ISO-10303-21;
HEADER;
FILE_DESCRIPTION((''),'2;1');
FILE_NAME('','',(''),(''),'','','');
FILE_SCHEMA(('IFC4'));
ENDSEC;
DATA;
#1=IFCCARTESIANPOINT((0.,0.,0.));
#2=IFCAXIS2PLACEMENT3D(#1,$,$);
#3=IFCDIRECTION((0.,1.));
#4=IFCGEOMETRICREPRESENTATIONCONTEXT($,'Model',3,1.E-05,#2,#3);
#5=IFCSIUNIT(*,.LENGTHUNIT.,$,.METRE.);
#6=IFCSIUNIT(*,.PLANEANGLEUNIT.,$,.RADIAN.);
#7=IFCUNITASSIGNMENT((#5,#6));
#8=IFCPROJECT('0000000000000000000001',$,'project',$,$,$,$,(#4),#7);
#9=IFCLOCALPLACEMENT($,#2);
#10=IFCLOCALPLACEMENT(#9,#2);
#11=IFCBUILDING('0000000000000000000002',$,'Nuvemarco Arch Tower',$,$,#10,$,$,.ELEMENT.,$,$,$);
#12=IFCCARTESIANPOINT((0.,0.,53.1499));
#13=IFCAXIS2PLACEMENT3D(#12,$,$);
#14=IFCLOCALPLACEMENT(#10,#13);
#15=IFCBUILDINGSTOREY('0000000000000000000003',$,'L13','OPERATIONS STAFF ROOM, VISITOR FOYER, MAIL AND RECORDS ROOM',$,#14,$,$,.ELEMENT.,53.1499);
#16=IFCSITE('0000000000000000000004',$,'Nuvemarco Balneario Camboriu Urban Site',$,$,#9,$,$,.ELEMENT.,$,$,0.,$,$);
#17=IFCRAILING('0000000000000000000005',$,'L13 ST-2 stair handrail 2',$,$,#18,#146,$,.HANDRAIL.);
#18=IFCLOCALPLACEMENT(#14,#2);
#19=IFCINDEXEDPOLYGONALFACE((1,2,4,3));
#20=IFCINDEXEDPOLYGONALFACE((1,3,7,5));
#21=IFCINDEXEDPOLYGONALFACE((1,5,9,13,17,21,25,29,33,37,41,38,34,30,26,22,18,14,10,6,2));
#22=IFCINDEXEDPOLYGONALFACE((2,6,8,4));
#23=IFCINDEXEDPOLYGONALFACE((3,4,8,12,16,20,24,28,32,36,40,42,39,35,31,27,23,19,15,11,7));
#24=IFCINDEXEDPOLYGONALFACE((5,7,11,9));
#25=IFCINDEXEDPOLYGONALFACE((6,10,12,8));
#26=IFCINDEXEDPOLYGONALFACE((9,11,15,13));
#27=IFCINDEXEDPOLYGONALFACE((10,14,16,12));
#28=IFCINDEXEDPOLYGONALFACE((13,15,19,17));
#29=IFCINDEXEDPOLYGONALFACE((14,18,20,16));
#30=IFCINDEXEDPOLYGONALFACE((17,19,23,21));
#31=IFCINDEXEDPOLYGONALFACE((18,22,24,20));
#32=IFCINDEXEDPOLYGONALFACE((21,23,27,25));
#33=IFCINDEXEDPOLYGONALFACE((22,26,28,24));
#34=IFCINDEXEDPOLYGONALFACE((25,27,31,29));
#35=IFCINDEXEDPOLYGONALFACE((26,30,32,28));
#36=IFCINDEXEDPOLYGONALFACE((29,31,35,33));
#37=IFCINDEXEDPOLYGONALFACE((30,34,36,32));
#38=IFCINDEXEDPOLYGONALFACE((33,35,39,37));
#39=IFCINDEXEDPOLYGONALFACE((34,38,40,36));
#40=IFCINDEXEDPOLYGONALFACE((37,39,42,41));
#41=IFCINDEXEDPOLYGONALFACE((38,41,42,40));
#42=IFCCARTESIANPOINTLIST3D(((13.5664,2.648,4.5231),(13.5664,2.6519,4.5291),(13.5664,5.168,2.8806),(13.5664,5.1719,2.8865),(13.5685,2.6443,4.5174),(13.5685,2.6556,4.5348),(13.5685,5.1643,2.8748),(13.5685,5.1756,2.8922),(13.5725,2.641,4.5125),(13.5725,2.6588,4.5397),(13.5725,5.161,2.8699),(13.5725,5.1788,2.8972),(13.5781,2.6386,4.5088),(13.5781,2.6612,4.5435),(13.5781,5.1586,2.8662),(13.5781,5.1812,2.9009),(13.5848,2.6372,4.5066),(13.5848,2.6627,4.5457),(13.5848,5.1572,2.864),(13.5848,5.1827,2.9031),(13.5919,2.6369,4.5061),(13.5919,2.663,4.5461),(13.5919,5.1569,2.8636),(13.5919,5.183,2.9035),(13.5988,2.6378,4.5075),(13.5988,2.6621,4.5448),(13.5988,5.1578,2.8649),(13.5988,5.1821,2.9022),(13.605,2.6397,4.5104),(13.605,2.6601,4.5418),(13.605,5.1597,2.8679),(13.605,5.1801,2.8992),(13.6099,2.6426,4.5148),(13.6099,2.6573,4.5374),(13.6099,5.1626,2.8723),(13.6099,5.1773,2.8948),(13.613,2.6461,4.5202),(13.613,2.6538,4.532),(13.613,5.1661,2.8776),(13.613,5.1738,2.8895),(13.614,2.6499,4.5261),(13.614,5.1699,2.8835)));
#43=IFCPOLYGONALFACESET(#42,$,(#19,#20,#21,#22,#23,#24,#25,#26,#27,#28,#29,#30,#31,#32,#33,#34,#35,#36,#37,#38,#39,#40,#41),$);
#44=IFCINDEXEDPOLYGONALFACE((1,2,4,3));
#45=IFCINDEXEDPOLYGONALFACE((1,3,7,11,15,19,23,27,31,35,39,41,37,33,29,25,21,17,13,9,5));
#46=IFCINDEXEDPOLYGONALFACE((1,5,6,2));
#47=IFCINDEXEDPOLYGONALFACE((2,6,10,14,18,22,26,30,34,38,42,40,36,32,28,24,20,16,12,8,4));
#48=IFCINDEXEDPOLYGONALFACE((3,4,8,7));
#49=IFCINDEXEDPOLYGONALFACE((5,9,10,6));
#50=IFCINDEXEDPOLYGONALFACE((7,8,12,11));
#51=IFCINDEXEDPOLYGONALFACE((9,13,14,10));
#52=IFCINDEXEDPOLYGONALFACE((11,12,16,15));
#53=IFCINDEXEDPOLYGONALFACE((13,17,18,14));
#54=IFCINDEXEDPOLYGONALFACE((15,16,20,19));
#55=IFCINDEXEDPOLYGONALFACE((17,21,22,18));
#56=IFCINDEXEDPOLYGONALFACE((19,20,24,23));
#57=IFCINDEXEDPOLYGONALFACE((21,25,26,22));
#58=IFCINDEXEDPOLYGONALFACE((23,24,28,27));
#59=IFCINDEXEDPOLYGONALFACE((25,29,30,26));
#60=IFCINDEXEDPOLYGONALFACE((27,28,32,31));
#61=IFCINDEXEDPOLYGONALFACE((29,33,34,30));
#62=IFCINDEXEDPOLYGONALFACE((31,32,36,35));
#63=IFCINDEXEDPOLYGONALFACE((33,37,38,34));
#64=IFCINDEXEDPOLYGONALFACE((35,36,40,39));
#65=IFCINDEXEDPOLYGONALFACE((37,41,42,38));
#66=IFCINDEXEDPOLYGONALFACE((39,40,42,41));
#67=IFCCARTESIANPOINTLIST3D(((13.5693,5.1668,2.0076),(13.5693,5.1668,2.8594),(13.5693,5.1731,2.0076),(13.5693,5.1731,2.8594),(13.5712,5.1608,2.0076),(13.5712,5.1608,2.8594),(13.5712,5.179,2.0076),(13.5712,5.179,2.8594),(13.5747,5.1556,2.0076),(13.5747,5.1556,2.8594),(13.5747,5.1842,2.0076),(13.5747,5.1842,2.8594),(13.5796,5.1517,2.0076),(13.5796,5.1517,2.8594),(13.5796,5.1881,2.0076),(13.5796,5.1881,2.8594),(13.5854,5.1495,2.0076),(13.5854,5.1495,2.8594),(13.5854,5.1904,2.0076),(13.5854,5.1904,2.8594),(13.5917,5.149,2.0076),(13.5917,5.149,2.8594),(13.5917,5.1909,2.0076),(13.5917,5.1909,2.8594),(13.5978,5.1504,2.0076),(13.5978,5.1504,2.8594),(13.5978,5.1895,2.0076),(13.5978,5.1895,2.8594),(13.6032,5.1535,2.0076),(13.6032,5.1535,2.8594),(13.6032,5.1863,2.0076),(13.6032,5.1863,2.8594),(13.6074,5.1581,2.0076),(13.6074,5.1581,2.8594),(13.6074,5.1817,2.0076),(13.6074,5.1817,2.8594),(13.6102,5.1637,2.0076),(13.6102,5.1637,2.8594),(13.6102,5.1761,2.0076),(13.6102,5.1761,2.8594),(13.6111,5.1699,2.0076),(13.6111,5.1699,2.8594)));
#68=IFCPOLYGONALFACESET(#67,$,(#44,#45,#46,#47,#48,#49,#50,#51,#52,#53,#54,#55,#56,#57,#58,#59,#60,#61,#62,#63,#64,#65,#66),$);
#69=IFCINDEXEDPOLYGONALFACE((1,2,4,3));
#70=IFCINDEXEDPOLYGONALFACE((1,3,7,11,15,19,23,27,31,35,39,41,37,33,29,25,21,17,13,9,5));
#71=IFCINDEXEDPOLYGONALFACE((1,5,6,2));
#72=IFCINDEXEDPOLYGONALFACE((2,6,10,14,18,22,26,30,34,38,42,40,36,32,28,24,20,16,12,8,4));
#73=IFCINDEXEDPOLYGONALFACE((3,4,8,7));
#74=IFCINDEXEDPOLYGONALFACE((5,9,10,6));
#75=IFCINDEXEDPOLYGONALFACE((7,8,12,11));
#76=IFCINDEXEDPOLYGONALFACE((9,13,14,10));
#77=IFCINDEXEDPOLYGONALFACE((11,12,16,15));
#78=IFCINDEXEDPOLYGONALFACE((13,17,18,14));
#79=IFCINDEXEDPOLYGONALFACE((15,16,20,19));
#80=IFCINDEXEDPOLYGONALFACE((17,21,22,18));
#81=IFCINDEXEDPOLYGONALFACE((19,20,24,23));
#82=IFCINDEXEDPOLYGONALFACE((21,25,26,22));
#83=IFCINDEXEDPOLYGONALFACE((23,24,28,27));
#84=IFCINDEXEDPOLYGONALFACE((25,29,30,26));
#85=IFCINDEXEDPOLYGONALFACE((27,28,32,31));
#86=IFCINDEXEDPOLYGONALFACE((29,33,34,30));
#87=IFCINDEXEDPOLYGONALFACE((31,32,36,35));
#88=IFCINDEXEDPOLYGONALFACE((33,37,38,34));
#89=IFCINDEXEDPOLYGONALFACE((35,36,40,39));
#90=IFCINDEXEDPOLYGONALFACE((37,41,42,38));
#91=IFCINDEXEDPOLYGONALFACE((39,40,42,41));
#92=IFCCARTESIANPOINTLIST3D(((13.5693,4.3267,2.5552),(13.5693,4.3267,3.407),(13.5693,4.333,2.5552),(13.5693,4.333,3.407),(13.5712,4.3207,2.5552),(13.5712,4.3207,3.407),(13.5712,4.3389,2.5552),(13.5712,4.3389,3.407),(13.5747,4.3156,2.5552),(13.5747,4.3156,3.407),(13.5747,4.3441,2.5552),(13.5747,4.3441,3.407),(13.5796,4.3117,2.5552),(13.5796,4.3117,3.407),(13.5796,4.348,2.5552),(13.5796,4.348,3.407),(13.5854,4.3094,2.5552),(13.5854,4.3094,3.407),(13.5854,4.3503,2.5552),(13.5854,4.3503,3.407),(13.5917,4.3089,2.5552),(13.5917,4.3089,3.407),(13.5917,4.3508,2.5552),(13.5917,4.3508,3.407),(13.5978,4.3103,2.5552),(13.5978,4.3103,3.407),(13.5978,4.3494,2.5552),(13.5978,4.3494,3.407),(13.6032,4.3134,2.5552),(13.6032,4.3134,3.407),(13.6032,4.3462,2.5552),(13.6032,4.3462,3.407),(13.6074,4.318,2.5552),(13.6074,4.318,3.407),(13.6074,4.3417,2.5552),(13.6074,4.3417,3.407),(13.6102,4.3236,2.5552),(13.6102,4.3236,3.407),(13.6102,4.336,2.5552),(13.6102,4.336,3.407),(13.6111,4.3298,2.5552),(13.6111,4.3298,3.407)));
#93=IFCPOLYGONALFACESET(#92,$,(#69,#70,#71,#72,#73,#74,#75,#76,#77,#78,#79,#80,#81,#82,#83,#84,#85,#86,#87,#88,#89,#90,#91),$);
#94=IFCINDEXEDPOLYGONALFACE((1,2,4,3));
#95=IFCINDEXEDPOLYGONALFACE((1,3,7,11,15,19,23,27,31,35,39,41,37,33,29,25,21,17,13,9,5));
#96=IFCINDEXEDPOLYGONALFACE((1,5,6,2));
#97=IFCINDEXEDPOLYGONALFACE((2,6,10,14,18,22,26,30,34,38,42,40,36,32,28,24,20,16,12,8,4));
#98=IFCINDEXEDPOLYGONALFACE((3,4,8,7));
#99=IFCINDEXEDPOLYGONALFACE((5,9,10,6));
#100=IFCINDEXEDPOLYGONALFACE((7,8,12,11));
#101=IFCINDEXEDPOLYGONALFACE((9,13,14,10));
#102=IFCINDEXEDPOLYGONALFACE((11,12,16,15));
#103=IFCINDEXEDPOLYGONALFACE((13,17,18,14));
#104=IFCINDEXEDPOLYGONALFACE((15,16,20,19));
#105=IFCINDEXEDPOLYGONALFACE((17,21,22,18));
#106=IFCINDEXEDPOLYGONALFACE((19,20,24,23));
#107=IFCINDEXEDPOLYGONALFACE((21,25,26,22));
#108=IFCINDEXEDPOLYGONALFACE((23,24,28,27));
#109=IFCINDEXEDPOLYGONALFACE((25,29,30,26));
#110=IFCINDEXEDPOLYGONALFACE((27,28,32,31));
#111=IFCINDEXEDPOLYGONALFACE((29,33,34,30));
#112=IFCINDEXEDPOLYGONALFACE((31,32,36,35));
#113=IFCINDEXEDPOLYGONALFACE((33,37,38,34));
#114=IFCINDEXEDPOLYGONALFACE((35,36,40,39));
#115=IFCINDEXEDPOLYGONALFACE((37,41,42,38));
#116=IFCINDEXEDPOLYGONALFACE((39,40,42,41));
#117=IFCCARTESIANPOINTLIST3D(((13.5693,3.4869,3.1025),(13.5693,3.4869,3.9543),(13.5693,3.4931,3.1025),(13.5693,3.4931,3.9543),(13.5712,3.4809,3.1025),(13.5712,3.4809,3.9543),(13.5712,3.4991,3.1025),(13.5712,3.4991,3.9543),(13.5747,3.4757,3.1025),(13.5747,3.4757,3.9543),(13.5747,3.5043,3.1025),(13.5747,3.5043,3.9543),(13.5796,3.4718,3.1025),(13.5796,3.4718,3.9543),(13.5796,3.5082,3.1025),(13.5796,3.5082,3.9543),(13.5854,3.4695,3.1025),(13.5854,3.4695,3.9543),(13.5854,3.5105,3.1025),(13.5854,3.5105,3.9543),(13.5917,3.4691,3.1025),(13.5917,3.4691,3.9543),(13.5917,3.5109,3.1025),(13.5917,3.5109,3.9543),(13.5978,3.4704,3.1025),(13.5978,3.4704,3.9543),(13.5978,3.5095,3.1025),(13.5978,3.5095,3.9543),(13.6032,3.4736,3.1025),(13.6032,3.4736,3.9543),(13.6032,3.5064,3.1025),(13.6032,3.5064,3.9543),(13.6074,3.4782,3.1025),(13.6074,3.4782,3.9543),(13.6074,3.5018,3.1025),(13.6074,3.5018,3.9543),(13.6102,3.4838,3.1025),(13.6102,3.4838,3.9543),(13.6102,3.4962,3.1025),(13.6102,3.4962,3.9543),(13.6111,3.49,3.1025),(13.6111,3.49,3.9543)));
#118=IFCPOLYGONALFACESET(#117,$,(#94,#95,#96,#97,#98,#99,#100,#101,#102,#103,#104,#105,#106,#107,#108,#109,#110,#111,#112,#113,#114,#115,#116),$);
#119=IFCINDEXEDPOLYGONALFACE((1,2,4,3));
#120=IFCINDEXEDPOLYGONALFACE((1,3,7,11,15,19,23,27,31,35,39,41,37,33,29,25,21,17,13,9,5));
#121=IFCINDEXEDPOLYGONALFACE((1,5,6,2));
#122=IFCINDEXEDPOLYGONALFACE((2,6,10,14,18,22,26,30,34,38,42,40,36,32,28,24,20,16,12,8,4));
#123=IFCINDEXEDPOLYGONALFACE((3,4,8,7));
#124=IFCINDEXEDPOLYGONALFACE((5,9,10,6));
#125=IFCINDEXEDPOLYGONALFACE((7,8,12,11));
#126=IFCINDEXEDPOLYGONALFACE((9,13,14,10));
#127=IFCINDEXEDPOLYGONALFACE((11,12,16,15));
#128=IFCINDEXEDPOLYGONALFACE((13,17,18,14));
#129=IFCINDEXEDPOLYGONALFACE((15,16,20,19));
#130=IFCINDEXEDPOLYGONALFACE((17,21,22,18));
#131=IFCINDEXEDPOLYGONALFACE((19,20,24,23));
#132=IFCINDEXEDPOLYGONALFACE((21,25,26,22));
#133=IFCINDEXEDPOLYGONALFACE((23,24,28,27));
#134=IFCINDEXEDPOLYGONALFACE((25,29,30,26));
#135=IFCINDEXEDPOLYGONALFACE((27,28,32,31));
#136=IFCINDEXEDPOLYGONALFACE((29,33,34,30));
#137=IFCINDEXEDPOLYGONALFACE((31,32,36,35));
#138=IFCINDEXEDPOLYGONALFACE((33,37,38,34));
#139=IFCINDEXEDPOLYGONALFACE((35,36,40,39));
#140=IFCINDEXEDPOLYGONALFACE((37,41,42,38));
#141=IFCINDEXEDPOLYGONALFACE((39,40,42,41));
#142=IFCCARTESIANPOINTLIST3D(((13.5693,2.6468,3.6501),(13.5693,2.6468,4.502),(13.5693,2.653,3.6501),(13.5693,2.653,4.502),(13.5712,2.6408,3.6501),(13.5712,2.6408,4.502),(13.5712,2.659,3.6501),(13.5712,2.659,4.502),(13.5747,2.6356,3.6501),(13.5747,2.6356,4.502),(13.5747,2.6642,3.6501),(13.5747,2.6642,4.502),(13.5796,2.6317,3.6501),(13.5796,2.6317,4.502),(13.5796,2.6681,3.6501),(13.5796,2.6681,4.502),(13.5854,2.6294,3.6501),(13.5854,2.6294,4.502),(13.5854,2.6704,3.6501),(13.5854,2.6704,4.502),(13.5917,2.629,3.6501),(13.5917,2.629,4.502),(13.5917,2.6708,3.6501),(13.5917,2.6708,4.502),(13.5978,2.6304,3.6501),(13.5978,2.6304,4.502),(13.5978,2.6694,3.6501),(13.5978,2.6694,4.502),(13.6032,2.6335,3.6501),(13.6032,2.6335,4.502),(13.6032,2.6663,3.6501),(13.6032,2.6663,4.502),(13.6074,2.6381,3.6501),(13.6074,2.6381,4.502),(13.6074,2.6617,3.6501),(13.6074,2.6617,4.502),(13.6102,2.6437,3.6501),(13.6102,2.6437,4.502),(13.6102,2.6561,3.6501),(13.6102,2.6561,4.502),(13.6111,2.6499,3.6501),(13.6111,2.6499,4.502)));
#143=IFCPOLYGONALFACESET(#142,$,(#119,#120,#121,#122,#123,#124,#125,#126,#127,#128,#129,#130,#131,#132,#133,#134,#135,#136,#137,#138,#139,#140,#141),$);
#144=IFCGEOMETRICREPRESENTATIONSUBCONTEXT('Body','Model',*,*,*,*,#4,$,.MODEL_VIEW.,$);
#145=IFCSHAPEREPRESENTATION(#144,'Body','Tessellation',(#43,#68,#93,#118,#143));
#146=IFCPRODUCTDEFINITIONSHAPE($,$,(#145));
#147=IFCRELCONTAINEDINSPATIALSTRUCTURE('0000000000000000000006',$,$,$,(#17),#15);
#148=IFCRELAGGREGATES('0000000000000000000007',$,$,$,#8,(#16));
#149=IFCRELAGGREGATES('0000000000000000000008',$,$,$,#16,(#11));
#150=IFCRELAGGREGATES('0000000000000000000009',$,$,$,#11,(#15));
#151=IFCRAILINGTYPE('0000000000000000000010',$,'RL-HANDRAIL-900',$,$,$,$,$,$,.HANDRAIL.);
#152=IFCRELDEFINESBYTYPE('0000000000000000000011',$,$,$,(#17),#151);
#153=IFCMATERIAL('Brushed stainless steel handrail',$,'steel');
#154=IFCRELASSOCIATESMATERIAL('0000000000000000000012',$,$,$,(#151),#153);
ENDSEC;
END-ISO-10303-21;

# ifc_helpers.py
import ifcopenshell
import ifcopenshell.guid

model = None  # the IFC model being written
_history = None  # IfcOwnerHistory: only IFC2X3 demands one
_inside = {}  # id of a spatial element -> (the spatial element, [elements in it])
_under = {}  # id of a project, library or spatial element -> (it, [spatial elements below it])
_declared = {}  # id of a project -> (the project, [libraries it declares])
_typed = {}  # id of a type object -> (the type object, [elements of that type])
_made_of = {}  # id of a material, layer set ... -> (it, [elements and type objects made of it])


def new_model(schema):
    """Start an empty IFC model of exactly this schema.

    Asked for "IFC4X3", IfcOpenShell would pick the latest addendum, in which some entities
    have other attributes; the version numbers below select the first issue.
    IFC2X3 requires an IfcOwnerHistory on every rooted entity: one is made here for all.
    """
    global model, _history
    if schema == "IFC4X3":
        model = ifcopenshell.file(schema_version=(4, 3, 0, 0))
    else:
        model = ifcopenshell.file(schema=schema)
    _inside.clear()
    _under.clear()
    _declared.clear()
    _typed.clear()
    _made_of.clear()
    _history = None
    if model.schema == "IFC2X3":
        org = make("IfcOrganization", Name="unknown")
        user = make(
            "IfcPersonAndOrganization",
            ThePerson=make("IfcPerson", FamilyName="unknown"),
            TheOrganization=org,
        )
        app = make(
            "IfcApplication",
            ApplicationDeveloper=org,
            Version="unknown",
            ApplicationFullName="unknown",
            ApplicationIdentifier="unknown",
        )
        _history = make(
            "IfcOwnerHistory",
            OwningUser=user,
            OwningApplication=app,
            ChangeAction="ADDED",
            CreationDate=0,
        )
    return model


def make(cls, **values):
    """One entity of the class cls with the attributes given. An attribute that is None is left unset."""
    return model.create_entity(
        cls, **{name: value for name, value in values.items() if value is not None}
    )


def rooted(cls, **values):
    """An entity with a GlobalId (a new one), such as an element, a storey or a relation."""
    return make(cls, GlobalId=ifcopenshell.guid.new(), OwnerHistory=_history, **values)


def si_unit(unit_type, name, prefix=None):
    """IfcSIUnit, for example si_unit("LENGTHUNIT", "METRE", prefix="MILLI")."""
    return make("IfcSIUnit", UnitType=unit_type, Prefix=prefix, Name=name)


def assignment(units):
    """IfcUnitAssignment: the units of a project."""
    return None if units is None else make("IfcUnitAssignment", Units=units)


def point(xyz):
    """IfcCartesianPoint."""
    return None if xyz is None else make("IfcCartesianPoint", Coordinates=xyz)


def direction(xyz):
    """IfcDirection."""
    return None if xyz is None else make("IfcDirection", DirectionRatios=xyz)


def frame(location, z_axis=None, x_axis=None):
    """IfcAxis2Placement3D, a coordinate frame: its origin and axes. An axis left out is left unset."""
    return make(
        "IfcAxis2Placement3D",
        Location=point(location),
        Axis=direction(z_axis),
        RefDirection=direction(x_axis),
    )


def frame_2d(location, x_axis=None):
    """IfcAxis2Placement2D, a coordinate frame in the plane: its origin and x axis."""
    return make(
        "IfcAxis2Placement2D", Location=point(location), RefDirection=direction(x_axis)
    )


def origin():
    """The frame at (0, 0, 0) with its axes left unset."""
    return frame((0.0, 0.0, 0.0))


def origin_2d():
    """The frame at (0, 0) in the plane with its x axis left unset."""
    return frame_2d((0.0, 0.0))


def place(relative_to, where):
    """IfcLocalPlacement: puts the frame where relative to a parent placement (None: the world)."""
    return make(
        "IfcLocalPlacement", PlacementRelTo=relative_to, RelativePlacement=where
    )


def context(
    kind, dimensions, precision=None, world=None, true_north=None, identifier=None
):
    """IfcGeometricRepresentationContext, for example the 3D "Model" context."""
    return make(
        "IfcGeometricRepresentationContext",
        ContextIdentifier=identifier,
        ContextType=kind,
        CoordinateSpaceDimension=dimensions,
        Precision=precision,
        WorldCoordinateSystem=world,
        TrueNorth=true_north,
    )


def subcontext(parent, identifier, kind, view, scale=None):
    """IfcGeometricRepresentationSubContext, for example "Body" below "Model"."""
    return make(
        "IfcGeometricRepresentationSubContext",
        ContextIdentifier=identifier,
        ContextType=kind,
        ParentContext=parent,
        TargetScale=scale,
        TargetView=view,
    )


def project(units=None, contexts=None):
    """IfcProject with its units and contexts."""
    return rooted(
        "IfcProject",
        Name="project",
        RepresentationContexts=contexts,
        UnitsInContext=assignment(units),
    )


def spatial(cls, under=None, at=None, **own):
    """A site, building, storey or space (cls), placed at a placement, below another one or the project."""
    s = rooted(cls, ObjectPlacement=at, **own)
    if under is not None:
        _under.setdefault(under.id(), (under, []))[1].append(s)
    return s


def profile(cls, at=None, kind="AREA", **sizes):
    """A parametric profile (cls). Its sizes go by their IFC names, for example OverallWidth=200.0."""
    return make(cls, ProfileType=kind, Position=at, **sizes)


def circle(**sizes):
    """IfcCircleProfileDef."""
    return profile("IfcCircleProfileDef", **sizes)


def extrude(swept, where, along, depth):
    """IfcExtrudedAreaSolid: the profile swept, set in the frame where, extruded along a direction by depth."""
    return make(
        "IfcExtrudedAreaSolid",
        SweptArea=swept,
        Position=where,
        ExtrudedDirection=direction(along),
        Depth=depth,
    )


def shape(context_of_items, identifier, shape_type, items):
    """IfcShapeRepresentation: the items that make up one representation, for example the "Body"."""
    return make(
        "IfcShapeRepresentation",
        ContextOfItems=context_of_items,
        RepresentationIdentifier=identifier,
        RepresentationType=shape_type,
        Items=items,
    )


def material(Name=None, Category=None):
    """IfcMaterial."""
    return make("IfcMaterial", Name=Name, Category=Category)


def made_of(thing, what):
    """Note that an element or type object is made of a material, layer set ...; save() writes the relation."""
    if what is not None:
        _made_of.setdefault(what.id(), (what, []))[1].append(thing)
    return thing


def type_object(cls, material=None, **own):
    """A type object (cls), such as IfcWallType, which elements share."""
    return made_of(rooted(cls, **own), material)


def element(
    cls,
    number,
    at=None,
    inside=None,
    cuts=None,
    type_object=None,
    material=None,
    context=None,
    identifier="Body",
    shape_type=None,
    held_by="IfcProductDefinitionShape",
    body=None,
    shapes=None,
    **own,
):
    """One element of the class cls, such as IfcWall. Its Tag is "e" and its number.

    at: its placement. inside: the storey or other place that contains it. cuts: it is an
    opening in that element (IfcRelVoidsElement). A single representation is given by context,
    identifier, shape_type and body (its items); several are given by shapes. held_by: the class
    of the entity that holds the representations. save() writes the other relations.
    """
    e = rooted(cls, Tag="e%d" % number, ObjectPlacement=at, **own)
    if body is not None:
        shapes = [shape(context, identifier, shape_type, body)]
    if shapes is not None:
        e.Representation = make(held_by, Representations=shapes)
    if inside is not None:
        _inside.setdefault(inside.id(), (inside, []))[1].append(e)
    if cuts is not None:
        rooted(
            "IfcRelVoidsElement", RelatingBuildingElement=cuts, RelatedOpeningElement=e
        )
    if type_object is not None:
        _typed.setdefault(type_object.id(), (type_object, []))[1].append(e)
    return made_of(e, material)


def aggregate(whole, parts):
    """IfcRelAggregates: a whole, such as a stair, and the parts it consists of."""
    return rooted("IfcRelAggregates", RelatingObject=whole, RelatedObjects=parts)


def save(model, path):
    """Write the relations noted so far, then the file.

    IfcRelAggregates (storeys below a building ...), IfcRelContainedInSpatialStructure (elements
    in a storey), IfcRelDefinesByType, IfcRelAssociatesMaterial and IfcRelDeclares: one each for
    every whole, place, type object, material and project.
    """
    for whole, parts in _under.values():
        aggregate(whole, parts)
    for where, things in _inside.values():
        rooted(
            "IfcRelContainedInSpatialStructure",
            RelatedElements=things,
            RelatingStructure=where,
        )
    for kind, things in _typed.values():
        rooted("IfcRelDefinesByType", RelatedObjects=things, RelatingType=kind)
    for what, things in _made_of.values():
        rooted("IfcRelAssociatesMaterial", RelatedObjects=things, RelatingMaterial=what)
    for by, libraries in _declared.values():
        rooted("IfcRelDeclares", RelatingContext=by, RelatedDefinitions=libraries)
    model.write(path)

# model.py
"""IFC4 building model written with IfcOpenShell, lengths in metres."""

from ifc_helpers import new_model, si_unit, direction, frame, origin, origin_2d, place, context, subcontext, project, spatial, circle, extrude, material, type_object, element, save


model = new_model("IFC4")

# Units and contexts
model_context = context("Model", 3, precision=1e-05, world=origin(), true_north=direction((0.0, 1.0)))
body_context = subcontext(model_context, "Body", "Model", "MODEL_VIEW")
ifc_project = project(units=[si_unit("LENGTHUNIT", "METRE"), si_unit("PLANEANGLEUNIT", "RADIAN")], contexts=[model_context])

# Site, building, storey
site_placement = place(None, origin())
site = spatial("IfcSite", under=ifc_project, at=site_placement, Name="Nuvemarco Balneario Camboriu Urban Site", CompositionType="ELEMENT", RefElevation=0.0)
building_placement = place(site_placement, origin())
building = spatial("IfcBuilding", under=site, at=building_placement, Name="Nuvemarco Arch Tower", CompositionType="ELEMENT")
storey_placement = place(building_placement, frame((0.0, 0.0, 53.1499)))
storey = spatial("IfcBuildingStorey", under=building, at=storey_placement, Name="L13", Description="OPERATIONS STAFF ROOM, VISITOR FOYER, MAIL AND RECORDS ROOM", CompositionType="ELEMENT", Elevation=53.1499)

# Railing
ifc_material_1 = material(Name="Brushed stainless steel handrail", Category="steel")
railing_type_1 = type_object("IfcRailingType", Name="RL-HANDRAIL-900", PredefinedType="HANDRAIL", material=ifc_material_1)
railing_1_placement = place(storey_placement, frame((13.5901, 5.1699, 2.0076)))
element("IfcRailing", 1, at=railing_1_placement, inside=storey, type_object=railing_type_1, Name="L13 ST-2 stair handrail 2", PredefinedType="HANDRAIL", context=body_context, shape_type="SweptSolid", body=[
    extrude(circle(Radius=0.0239, at=origin_2d()), frame((0.0, 0.0, 0.876), z_axis=(0.0, -0.837749, 0.546055), x_axis=(1.0, 0.0, 0.0)), (0.0, 0.0, 1.0), 3.0081),
    extrude(circle(Radius=0.021, at=origin_2d()), origin(), (0.0, 0.0, 1.0), 0.8518),
    extrude(circle(Radius=0.021, at=origin_2d()), frame((0.0, -0.8401, 0.5476)), (0.0, 0.0, 1.0), 0.8518),
    extrude(circle(Radius=0.021, at=origin_2d()), frame((0.0, -1.6799, 1.095)), (0.0, 0.0, 1.0), 0.8518),
    extrude(circle(Radius=0.021, at=origin_2d()), frame((0.0, -2.52, 1.6426)), (0.0, 0.0, 1.0), 0.8518),
])

save(model, "model.ifc")
